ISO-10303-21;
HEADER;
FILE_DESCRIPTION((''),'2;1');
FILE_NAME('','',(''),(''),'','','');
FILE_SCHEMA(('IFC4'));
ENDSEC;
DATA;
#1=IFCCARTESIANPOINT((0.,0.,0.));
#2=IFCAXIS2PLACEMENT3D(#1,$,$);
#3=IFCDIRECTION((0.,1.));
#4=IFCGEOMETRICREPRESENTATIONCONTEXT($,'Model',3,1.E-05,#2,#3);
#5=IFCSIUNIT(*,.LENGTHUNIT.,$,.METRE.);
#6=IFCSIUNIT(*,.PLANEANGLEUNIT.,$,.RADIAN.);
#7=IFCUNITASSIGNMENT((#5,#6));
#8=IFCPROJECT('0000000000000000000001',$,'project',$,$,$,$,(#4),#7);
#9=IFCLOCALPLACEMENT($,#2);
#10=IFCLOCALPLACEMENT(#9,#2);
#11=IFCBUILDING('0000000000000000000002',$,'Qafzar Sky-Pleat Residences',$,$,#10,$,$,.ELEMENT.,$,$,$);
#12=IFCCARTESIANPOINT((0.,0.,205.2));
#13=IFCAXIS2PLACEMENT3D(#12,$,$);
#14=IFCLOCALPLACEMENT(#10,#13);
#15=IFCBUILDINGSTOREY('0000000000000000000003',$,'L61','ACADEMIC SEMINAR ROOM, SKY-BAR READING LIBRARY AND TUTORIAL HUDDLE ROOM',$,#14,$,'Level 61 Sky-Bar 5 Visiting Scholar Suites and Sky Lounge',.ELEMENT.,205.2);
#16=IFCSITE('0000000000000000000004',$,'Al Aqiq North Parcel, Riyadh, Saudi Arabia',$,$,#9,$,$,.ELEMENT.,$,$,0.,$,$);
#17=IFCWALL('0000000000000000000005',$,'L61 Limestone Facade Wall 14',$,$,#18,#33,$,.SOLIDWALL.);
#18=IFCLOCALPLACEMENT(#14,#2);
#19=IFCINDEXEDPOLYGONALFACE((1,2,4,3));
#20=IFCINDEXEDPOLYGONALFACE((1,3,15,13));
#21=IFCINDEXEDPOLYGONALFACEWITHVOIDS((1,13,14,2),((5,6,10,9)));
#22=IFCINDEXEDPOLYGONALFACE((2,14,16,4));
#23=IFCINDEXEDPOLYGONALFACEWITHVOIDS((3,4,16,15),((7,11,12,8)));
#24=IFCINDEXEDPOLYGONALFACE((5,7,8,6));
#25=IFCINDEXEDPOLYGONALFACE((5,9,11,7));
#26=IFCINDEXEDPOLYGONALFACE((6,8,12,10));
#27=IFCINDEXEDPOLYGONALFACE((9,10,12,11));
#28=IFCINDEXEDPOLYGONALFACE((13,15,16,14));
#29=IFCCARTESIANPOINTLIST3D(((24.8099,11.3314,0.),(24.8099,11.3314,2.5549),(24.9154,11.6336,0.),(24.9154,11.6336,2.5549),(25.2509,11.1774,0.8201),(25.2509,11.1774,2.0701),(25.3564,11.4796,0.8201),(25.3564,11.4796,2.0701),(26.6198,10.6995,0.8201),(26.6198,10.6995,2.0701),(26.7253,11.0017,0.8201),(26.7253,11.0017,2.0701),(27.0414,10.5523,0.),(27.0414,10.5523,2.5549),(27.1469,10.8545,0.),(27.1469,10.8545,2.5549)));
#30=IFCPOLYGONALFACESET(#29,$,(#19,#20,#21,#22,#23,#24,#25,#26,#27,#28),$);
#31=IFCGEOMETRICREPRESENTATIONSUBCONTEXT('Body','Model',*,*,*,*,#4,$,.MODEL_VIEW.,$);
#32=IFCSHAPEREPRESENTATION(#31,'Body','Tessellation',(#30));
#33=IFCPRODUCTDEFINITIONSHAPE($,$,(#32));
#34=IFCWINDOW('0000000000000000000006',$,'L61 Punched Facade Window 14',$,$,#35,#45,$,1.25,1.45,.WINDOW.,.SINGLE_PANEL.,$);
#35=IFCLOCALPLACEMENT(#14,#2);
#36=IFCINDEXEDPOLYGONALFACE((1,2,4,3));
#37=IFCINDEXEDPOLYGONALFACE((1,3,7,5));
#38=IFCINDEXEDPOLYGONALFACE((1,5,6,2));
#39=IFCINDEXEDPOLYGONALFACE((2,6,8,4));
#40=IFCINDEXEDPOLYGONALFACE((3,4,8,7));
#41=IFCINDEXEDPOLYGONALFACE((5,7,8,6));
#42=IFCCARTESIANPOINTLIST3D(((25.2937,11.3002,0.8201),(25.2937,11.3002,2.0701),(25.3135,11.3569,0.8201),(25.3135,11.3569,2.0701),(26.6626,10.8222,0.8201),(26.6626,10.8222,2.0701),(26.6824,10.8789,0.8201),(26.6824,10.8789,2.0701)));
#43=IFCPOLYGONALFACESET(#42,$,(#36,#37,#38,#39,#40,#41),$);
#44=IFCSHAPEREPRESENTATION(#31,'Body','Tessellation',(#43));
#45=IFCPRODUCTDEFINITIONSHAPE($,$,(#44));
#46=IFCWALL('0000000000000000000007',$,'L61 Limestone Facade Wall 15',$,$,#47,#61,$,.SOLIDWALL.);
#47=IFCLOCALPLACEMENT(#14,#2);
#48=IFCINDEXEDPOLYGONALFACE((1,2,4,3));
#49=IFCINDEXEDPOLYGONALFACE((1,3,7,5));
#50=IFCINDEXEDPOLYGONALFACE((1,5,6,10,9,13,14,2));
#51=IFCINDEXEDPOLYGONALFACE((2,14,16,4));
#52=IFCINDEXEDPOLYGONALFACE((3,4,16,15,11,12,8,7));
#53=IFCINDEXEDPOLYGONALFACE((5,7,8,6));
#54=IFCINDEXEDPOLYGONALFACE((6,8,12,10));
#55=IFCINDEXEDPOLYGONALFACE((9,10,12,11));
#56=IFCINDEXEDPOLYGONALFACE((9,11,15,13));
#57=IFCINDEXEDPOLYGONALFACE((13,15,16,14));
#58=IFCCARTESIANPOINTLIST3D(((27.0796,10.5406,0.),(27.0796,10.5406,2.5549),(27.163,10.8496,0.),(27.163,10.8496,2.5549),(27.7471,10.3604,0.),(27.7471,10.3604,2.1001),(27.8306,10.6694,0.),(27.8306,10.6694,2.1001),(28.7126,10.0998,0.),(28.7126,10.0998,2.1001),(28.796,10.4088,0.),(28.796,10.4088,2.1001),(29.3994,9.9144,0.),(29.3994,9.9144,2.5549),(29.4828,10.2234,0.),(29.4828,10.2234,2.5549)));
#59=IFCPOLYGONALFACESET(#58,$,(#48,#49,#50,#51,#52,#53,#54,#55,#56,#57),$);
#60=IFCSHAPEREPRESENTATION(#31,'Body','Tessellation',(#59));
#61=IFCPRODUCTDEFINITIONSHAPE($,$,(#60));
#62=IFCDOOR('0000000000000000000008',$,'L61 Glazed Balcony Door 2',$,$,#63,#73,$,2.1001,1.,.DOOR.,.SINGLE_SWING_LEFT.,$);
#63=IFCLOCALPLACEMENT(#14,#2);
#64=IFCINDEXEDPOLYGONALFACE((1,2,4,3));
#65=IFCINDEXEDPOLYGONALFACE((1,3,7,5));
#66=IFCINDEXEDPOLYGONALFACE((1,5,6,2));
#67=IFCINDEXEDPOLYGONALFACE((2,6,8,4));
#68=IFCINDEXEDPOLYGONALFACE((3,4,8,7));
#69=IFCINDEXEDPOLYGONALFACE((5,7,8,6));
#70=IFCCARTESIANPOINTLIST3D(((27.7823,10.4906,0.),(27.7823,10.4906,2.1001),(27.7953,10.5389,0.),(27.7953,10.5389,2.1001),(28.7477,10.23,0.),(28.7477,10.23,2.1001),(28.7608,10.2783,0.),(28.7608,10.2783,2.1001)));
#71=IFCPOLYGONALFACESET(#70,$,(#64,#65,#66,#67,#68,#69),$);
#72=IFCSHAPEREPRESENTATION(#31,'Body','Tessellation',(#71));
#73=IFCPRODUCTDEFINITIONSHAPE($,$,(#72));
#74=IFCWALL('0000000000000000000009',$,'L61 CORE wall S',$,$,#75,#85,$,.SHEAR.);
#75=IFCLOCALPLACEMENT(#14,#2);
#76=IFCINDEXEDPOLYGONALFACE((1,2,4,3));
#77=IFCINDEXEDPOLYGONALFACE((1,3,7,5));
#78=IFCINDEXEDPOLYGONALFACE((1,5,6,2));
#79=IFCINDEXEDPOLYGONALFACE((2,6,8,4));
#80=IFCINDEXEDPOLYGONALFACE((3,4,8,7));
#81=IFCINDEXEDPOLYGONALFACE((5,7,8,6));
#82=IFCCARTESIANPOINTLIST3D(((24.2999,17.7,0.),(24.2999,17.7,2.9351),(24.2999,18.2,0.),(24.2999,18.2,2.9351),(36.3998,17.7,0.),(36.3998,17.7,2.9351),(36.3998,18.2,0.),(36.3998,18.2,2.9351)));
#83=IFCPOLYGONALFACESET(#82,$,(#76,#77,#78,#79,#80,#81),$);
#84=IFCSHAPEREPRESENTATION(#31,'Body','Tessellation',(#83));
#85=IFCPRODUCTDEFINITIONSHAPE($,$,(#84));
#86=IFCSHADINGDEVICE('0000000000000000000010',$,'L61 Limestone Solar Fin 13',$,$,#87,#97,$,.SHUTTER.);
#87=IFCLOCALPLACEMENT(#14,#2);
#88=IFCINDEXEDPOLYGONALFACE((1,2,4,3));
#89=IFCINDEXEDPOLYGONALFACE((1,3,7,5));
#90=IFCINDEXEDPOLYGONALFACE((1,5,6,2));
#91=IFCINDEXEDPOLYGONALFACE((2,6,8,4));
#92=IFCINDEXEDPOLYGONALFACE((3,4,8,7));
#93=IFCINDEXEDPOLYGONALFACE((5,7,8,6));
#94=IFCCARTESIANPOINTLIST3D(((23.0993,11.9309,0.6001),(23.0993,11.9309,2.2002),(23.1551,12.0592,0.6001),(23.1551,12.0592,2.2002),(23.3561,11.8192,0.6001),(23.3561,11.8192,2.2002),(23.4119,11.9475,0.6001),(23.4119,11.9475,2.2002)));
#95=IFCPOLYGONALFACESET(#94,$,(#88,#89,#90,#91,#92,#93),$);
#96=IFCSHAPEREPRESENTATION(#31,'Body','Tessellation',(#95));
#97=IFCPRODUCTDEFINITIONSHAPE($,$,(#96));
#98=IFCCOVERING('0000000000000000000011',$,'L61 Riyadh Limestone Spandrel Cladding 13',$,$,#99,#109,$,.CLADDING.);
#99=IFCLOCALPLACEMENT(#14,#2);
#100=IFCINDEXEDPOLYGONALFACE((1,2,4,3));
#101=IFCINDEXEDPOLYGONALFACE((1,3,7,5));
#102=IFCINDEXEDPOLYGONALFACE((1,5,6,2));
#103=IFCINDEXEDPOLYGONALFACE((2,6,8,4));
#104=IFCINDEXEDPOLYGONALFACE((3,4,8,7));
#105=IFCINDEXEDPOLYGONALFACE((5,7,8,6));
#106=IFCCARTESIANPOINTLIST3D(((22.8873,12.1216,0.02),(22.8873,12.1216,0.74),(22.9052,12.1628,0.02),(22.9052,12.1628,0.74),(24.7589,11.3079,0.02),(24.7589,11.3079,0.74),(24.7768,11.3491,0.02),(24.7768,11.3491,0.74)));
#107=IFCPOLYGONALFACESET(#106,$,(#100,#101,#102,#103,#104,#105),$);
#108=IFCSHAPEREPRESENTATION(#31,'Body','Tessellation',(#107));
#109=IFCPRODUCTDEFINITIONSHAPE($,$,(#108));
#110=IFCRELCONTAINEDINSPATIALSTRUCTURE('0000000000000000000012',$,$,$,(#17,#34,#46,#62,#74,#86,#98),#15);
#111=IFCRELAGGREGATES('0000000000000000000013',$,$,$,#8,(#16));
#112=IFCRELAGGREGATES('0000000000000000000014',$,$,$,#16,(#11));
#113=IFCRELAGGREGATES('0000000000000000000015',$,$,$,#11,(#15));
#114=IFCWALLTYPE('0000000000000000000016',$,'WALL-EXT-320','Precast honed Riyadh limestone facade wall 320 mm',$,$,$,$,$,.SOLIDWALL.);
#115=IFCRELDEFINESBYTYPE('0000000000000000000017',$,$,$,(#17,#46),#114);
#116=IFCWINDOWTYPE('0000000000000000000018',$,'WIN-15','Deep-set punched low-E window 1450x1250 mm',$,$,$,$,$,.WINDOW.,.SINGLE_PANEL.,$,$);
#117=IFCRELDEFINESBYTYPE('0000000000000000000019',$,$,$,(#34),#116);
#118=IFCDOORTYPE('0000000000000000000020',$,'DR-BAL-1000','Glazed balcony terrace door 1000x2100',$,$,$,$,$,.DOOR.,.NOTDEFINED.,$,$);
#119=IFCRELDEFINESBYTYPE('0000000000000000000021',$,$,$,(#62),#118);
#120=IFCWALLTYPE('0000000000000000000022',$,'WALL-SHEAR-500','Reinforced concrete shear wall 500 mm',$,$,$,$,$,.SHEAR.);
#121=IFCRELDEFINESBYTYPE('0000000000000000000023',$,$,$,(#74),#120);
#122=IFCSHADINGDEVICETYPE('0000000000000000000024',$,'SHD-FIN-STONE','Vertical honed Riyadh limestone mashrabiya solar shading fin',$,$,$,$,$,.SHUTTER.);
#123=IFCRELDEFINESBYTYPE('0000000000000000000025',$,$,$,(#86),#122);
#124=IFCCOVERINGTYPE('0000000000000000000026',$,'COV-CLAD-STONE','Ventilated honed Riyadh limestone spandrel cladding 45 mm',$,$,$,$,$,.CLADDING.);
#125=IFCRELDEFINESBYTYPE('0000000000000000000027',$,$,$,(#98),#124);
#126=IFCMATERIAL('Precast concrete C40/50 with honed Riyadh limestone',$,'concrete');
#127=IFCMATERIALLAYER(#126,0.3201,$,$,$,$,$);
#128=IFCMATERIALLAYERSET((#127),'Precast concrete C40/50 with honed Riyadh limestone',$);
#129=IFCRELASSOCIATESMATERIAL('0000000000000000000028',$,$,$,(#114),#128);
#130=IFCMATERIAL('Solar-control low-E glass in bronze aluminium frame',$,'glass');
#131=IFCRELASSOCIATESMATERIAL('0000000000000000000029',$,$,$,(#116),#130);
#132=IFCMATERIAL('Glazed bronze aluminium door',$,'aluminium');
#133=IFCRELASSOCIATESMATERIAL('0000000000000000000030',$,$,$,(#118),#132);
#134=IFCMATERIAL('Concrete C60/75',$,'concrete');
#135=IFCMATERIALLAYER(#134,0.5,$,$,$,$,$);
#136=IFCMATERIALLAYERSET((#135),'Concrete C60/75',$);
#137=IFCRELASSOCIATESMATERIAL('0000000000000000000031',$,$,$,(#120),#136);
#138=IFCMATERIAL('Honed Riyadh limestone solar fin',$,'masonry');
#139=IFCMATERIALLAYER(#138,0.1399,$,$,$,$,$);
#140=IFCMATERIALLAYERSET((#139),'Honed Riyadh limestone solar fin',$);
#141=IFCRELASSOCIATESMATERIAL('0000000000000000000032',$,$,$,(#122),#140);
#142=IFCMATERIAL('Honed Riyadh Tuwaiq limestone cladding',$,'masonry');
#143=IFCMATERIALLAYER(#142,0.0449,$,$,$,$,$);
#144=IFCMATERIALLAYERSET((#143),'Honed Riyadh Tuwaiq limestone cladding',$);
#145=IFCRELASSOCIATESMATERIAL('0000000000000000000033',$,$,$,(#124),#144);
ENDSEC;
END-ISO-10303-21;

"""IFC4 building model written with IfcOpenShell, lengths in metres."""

from ifc_helpers import new_model, si_unit, direction, frame, frame_2d, origin, origin_2d, place, context, subcontext, project, spatial, rectangle, extrude, source, transform, mapped, material, layer, layer_set, type_object, element, fill, save


model = new_model("IFC4")

# Units and contexts
model_context = context("Model", 3, precision=1e-05, world=origin(), true_north=direction((0.0, 1.0)))
body_context = subcontext(model_context, "Body", "Model", "MODEL_VIEW")
ifc_project = project(units=[si_unit("LENGTHUNIT", "METRE"), si_unit("PLANEANGLEUNIT", "RADIAN")], contexts=[model_context])

# Site, building, storey
site_placement = place(None, origin())
site = spatial("IfcSite", under=ifc_project, at=site_placement, Name="Al Aqiq North Parcel, Riyadh, Saudi Arabia", CompositionType="ELEMENT", RefElevation=0.0)
building_placement = place(site_placement, origin())
building = spatial("IfcBuilding", under=site, at=building_placement, Name="Qafzar Sky-Pleat Residences", CompositionType="ELEMENT")
storey_placement = place(building_placement, frame((0.0, 0.0, 205.2)))
storey = spatial("IfcBuildingStorey", under=building, at=storey_placement, Name="L61", Description="ACADEMIC SEMINAR ROOM, SKY-BAR READING LIBRARY AND TUTORIAL HUDDLE ROOM", LongName="Level 61 Sky-Bar 5 Visiting Scholar Suites and Sky Lounge", CompositionType="ELEMENT", Elevation=205.2)

# Wall, opening, window
ifc_material_1 = material(Name="Precast concrete C40/50 with honed Riyadh limestone", Category="concrete")
ifc_layer_1 = layer(ifc_material_1, 0.3201)
ifc_layer_set_1 = layer_set([ifc_layer_1], Name="Precast concrete C40/50 with honed Riyadh limestone")
wall_type_1 = type_object("IfcWallType", Name="WALL-EXT-320", Description="Precast honed Riyadh limestone facade wall 320 mm", PredefinedType="SOLIDWALL", material=ifc_layer_set_1)
ifc_material_2 = material(Name="Solar-control low-E glass in bronze aluminium frame", Category="glass")
wall_1_placement = place(storey_placement, frame((24.8628, 11.4824, 0.0), z_axis=(0.0, 0.0, 1.0), x_axis=(0.944116, -0.329614, 0.0)))
wall_1 = element("IfcWall", 1, at=wall_1_placement, inside=storey, type_object=wall_type_1, Name="L61 Limestone Facade Wall 14", PredefinedType="SOLIDWALL", context=body_context, shape_type="SweptSolid", body=[
    extrude(rectangle(XDim=2.3635, YDim=0.3201, at=frame_2d((1.1816, 0.0))), origin(), (0.0, 0.0, 1.0), 2.5549),
])
opening_1_placement = place(wall_1_placement, frame((0.4668, 0.0, 0.8201)))
opening_1 = element("IfcOpeningElement", 2, at=opening_1_placement, cuts=wall_1, PredefinedType="OPENING", context=body_context, shape_type="SweptSolid", body=[
    extrude(rectangle(XDim=1.45, YDim=1.25, at=frame_2d((0.7251, 0.625))), frame((0.0, 0.1699, 0.0), z_axis=(0.0, -1.0, 0.0), x_axis=(1.0, 0.0, 0.0)), (0.0, 0.0, 1.0), 0.3401),
])
window_type_1 = type_object("IfcWindowType", Name="WIN-15", Description="Deep-set punched low-E window 1450x1250 mm", PartitioningType="SINGLE_PANEL", PredefinedType="WINDOW", material=ifc_material_2)
shared_shape_1 = source(origin(), body_context, "Body", "SweptSolid", [
    extrude(rectangle(XDim=1.45, YDim=1.25, at=frame_2d((0.7251, 0.625))), frame((0.0, 0.03, 0.0), z_axis=(0.0, -1.0, 0.0), x_axis=(1.0, 0.0, 0.0)), (0.0, 0.0, 1.0), 0.0601),
])
window_1_placement = place(opening_1_placement, origin())
window_1 = element("IfcWindow", 3, at=window_1_placement, inside=storey, type_object=window_type_1, Name="L61 Punched Facade Window 14", OverallHeight=1.25, OverallWidth=1.45, PartitioningType="SINGLE_PANEL", PredefinedType="WINDOW", context=body_context, shape_type="MappedRepresentation", body=[
    mapped(shared_shape_1, transform((0.0, 0.0, 0.0), x_axis=(1.0, 0.0, 0.0), y_axis=(0.0, 1.0, 0.0), z_axis=(0.0, 0.0, 1.0), scale=1.0)),
])
fill(opening_1, window_1)

# Wall, opening, door
wall_2_placement = place(storey_placement, frame((27.1213, 10.6951, 0.0), z_axis=(0.0, 0.0, 1.0), x_axis=(0.965443, -0.260615, 0.0)))
wall_2 = element("IfcWall", 4, at=wall_2_placement, inside=storey, type_object=wall_type_1, Name="L61 Limestone Facade Wall 15", PredefinedType="SOLIDWALL", context=body_context, shape_type="SweptSolid", body=[
    extrude(rectangle(XDim=2.4028, YDim=0.3201, at=frame_2d((1.2014, 0.0))), origin(), (0.0, 0.0, 1.0), 2.5549),
])
opening_2_placement = place(wall_2_placement, frame((0.6914, 0.0, 0.0)))
opening_2 = element("IfcOpeningElement", 5, at=opening_2_placement, cuts=wall_2, PredefinedType="OPENING", context=body_context, shape_type="SweptSolid", body=[
    extrude(rectangle(XDim=1.0, YDim=2.1001, at=frame_2d((0.5, 1.05))), frame((0.0, 0.1699, 0.0), z_axis=(0.0, -1.0, 0.0), x_axis=(1.0, 0.0, 0.0)), (0.0, 0.0, 1.0), 0.3401),
])
ifc_material_3 = material(Name="Glazed bronze aluminium door", Category="aluminium")
door_type_1 = type_object("IfcDoorType", Name="DR-BAL-1000", Description="Glazed balcony terrace door 1000x2100", OperationType="NOTDEFINED", PredefinedType="DOOR", material=ifc_material_3)
shared_shape_2 = source(origin(), body_context, "Body", "SweptSolid", [
    extrude(rectangle(XDim=1.0, YDim=2.1001, at=frame_2d((0.5, 1.05))), frame((0.0, 0.0249, 0.0), z_axis=(0.0, -1.0, 0.0), x_axis=(1.0, 0.0, 0.0)), (0.0, 0.0, 1.0), 0.05),
])
door_1_placement = place(opening_2_placement, origin())
door_1 = element("IfcDoor", 6, at=door_1_placement, inside=storey, type_object=door_type_1, Name="L61 Glazed Balcony Door 2", OperationType="SINGLE_SWING_LEFT", OverallHeight=2.1001, OverallWidth=1.0, PredefinedType="DOOR", context=body_context, shape_type="MappedRepresentation", body=[
    mapped(shared_shape_2, transform((0.0, 0.0, 0.0), x_axis=(1.0, 0.0, 0.0), y_axis=(0.0, 1.0, 0.0), z_axis=(0.0, 0.0, 1.0), scale=1.0)),
])
fill(opening_2, door_1)

# Wall
ifc_material_4 = material(Name="Concrete C60/75", Category="concrete")
ifc_layer_2 = layer(ifc_material_4, 0.5)
ifc_layer_set_2 = layer_set([ifc_layer_2], Name="Concrete C60/75")
wall_type_2 = type_object("IfcWallType", Name="WALL-SHEAR-500", Description="Reinforced concrete shear wall 500 mm", PredefinedType="SHEAR", material=ifc_layer_set_2)
wall_3_placement = place(storey_placement, frame((24.3, 17.95, 0.0), z_axis=(0.0, 0.0, 1.0), x_axis=(1.0, 0.0, 0.0)))
element("IfcWall", 7, at=wall_3_placement, inside=storey, type_object=wall_type_2, Name="L61 CORE wall S", PredefinedType="SHEAR", context=body_context, shape_type="SweptSolid", body=[
    extrude(rectangle(XDim=12.0999, YDim=0.5, at=frame_2d((6.0498, 0.0))), origin(), (0.0, 0.0, 1.0), 2.9351),
])

# Shading device
ifc_material_5 = material(Name="Honed Riyadh limestone solar fin", Category="masonry")
ifc_layer_3 = layer(ifc_material_5, 0.1399)
ifc_layer_set_3 = layer_set([ifc_layer_3], Name="Honed Riyadh limestone solar fin")
shading_device_type = type_object("IfcShadingDeviceType", Name="SHD-FIN-STONE", Description="Vertical honed Riyadh limestone mashrabiya solar shading fin", PredefinedType="SHUTTER", material=ifc_layer_set_3)
shared_shape_3 = source(origin(), body_context, "Body", "SweptSolid", [
    extrude(rectangle(XDim=0.1399, YDim=0.28, at=origin_2d()), origin(), (0.0, 0.0, 1.0), 1.6001),
])
shading_device_placement = place(storey_placement, frame((23.2556, 11.9392, 0.6001), z_axis=(0.0, 0.0, 1.0), x_axis=(-0.39868, -0.91709, 0.0)))
element("IfcShadingDevice", 8, at=shading_device_placement, inside=storey, type_object=shading_device_type, Name="L61 Limestone Solar Fin 13", PredefinedType="SHUTTER", context=body_context, shape_type="MappedRepresentation", body=[
    mapped(shared_shape_3, transform((0.0, 0.0, 0.0), x_axis=(1.0, 0.0, 0.0), y_axis=(0.0, 1.0, 0.0), z_axis=(0.0, 0.0, 1.0), scale=1.0)),
])

# Covering
ifc_material_6 = material(Name="Honed Riyadh Tuwaiq limestone cladding", Category="masonry")
ifc_layer_4 = layer(ifc_material_6, 0.0449)
ifc_layer_set_4 = layer_set([ifc_layer_4], Name="Honed Riyadh Tuwaiq limestone cladding")
covering_type = type_object("IfcCoveringType", Name="COV-CLAD-STONE", Description="Ventilated honed Riyadh limestone spandrel cladding 45 mm", PredefinedType="CLADDING", material=ifc_layer_set_4)
shared_shape_4 = source(origin(), body_context, "Body", "SweptSolid", [
    extrude(rectangle(XDim=2.0408, YDim=0.0449, at=origin_2d()), origin(), (0.0, 0.0, 1.0), 0.72),
])
covering_placement = place(storey_placement, frame((23.832, 11.7354, 0.02), z_axis=(0.0, 0.0, 1.0), x_axis=(0.917084, -0.398694, 0.0)))
element("IfcCovering", 9, at=covering_placement, inside=storey, type_object=covering_type, Name="L61 Riyadh Limestone Spandrel Cladding 13", PredefinedType="CLADDING", context=body_context, shape_type="MappedRepresentation", body=[
    mapped(shared_shape_4, transform((0.0, 0.0, 0.0), x_axis=(1.0, 0.0, 0.0), y_axis=(0.0, 1.0, 0.0), z_axis=(0.0, 0.0, 1.0), scale=1.0)),
])

save(model, "model.ifc")
